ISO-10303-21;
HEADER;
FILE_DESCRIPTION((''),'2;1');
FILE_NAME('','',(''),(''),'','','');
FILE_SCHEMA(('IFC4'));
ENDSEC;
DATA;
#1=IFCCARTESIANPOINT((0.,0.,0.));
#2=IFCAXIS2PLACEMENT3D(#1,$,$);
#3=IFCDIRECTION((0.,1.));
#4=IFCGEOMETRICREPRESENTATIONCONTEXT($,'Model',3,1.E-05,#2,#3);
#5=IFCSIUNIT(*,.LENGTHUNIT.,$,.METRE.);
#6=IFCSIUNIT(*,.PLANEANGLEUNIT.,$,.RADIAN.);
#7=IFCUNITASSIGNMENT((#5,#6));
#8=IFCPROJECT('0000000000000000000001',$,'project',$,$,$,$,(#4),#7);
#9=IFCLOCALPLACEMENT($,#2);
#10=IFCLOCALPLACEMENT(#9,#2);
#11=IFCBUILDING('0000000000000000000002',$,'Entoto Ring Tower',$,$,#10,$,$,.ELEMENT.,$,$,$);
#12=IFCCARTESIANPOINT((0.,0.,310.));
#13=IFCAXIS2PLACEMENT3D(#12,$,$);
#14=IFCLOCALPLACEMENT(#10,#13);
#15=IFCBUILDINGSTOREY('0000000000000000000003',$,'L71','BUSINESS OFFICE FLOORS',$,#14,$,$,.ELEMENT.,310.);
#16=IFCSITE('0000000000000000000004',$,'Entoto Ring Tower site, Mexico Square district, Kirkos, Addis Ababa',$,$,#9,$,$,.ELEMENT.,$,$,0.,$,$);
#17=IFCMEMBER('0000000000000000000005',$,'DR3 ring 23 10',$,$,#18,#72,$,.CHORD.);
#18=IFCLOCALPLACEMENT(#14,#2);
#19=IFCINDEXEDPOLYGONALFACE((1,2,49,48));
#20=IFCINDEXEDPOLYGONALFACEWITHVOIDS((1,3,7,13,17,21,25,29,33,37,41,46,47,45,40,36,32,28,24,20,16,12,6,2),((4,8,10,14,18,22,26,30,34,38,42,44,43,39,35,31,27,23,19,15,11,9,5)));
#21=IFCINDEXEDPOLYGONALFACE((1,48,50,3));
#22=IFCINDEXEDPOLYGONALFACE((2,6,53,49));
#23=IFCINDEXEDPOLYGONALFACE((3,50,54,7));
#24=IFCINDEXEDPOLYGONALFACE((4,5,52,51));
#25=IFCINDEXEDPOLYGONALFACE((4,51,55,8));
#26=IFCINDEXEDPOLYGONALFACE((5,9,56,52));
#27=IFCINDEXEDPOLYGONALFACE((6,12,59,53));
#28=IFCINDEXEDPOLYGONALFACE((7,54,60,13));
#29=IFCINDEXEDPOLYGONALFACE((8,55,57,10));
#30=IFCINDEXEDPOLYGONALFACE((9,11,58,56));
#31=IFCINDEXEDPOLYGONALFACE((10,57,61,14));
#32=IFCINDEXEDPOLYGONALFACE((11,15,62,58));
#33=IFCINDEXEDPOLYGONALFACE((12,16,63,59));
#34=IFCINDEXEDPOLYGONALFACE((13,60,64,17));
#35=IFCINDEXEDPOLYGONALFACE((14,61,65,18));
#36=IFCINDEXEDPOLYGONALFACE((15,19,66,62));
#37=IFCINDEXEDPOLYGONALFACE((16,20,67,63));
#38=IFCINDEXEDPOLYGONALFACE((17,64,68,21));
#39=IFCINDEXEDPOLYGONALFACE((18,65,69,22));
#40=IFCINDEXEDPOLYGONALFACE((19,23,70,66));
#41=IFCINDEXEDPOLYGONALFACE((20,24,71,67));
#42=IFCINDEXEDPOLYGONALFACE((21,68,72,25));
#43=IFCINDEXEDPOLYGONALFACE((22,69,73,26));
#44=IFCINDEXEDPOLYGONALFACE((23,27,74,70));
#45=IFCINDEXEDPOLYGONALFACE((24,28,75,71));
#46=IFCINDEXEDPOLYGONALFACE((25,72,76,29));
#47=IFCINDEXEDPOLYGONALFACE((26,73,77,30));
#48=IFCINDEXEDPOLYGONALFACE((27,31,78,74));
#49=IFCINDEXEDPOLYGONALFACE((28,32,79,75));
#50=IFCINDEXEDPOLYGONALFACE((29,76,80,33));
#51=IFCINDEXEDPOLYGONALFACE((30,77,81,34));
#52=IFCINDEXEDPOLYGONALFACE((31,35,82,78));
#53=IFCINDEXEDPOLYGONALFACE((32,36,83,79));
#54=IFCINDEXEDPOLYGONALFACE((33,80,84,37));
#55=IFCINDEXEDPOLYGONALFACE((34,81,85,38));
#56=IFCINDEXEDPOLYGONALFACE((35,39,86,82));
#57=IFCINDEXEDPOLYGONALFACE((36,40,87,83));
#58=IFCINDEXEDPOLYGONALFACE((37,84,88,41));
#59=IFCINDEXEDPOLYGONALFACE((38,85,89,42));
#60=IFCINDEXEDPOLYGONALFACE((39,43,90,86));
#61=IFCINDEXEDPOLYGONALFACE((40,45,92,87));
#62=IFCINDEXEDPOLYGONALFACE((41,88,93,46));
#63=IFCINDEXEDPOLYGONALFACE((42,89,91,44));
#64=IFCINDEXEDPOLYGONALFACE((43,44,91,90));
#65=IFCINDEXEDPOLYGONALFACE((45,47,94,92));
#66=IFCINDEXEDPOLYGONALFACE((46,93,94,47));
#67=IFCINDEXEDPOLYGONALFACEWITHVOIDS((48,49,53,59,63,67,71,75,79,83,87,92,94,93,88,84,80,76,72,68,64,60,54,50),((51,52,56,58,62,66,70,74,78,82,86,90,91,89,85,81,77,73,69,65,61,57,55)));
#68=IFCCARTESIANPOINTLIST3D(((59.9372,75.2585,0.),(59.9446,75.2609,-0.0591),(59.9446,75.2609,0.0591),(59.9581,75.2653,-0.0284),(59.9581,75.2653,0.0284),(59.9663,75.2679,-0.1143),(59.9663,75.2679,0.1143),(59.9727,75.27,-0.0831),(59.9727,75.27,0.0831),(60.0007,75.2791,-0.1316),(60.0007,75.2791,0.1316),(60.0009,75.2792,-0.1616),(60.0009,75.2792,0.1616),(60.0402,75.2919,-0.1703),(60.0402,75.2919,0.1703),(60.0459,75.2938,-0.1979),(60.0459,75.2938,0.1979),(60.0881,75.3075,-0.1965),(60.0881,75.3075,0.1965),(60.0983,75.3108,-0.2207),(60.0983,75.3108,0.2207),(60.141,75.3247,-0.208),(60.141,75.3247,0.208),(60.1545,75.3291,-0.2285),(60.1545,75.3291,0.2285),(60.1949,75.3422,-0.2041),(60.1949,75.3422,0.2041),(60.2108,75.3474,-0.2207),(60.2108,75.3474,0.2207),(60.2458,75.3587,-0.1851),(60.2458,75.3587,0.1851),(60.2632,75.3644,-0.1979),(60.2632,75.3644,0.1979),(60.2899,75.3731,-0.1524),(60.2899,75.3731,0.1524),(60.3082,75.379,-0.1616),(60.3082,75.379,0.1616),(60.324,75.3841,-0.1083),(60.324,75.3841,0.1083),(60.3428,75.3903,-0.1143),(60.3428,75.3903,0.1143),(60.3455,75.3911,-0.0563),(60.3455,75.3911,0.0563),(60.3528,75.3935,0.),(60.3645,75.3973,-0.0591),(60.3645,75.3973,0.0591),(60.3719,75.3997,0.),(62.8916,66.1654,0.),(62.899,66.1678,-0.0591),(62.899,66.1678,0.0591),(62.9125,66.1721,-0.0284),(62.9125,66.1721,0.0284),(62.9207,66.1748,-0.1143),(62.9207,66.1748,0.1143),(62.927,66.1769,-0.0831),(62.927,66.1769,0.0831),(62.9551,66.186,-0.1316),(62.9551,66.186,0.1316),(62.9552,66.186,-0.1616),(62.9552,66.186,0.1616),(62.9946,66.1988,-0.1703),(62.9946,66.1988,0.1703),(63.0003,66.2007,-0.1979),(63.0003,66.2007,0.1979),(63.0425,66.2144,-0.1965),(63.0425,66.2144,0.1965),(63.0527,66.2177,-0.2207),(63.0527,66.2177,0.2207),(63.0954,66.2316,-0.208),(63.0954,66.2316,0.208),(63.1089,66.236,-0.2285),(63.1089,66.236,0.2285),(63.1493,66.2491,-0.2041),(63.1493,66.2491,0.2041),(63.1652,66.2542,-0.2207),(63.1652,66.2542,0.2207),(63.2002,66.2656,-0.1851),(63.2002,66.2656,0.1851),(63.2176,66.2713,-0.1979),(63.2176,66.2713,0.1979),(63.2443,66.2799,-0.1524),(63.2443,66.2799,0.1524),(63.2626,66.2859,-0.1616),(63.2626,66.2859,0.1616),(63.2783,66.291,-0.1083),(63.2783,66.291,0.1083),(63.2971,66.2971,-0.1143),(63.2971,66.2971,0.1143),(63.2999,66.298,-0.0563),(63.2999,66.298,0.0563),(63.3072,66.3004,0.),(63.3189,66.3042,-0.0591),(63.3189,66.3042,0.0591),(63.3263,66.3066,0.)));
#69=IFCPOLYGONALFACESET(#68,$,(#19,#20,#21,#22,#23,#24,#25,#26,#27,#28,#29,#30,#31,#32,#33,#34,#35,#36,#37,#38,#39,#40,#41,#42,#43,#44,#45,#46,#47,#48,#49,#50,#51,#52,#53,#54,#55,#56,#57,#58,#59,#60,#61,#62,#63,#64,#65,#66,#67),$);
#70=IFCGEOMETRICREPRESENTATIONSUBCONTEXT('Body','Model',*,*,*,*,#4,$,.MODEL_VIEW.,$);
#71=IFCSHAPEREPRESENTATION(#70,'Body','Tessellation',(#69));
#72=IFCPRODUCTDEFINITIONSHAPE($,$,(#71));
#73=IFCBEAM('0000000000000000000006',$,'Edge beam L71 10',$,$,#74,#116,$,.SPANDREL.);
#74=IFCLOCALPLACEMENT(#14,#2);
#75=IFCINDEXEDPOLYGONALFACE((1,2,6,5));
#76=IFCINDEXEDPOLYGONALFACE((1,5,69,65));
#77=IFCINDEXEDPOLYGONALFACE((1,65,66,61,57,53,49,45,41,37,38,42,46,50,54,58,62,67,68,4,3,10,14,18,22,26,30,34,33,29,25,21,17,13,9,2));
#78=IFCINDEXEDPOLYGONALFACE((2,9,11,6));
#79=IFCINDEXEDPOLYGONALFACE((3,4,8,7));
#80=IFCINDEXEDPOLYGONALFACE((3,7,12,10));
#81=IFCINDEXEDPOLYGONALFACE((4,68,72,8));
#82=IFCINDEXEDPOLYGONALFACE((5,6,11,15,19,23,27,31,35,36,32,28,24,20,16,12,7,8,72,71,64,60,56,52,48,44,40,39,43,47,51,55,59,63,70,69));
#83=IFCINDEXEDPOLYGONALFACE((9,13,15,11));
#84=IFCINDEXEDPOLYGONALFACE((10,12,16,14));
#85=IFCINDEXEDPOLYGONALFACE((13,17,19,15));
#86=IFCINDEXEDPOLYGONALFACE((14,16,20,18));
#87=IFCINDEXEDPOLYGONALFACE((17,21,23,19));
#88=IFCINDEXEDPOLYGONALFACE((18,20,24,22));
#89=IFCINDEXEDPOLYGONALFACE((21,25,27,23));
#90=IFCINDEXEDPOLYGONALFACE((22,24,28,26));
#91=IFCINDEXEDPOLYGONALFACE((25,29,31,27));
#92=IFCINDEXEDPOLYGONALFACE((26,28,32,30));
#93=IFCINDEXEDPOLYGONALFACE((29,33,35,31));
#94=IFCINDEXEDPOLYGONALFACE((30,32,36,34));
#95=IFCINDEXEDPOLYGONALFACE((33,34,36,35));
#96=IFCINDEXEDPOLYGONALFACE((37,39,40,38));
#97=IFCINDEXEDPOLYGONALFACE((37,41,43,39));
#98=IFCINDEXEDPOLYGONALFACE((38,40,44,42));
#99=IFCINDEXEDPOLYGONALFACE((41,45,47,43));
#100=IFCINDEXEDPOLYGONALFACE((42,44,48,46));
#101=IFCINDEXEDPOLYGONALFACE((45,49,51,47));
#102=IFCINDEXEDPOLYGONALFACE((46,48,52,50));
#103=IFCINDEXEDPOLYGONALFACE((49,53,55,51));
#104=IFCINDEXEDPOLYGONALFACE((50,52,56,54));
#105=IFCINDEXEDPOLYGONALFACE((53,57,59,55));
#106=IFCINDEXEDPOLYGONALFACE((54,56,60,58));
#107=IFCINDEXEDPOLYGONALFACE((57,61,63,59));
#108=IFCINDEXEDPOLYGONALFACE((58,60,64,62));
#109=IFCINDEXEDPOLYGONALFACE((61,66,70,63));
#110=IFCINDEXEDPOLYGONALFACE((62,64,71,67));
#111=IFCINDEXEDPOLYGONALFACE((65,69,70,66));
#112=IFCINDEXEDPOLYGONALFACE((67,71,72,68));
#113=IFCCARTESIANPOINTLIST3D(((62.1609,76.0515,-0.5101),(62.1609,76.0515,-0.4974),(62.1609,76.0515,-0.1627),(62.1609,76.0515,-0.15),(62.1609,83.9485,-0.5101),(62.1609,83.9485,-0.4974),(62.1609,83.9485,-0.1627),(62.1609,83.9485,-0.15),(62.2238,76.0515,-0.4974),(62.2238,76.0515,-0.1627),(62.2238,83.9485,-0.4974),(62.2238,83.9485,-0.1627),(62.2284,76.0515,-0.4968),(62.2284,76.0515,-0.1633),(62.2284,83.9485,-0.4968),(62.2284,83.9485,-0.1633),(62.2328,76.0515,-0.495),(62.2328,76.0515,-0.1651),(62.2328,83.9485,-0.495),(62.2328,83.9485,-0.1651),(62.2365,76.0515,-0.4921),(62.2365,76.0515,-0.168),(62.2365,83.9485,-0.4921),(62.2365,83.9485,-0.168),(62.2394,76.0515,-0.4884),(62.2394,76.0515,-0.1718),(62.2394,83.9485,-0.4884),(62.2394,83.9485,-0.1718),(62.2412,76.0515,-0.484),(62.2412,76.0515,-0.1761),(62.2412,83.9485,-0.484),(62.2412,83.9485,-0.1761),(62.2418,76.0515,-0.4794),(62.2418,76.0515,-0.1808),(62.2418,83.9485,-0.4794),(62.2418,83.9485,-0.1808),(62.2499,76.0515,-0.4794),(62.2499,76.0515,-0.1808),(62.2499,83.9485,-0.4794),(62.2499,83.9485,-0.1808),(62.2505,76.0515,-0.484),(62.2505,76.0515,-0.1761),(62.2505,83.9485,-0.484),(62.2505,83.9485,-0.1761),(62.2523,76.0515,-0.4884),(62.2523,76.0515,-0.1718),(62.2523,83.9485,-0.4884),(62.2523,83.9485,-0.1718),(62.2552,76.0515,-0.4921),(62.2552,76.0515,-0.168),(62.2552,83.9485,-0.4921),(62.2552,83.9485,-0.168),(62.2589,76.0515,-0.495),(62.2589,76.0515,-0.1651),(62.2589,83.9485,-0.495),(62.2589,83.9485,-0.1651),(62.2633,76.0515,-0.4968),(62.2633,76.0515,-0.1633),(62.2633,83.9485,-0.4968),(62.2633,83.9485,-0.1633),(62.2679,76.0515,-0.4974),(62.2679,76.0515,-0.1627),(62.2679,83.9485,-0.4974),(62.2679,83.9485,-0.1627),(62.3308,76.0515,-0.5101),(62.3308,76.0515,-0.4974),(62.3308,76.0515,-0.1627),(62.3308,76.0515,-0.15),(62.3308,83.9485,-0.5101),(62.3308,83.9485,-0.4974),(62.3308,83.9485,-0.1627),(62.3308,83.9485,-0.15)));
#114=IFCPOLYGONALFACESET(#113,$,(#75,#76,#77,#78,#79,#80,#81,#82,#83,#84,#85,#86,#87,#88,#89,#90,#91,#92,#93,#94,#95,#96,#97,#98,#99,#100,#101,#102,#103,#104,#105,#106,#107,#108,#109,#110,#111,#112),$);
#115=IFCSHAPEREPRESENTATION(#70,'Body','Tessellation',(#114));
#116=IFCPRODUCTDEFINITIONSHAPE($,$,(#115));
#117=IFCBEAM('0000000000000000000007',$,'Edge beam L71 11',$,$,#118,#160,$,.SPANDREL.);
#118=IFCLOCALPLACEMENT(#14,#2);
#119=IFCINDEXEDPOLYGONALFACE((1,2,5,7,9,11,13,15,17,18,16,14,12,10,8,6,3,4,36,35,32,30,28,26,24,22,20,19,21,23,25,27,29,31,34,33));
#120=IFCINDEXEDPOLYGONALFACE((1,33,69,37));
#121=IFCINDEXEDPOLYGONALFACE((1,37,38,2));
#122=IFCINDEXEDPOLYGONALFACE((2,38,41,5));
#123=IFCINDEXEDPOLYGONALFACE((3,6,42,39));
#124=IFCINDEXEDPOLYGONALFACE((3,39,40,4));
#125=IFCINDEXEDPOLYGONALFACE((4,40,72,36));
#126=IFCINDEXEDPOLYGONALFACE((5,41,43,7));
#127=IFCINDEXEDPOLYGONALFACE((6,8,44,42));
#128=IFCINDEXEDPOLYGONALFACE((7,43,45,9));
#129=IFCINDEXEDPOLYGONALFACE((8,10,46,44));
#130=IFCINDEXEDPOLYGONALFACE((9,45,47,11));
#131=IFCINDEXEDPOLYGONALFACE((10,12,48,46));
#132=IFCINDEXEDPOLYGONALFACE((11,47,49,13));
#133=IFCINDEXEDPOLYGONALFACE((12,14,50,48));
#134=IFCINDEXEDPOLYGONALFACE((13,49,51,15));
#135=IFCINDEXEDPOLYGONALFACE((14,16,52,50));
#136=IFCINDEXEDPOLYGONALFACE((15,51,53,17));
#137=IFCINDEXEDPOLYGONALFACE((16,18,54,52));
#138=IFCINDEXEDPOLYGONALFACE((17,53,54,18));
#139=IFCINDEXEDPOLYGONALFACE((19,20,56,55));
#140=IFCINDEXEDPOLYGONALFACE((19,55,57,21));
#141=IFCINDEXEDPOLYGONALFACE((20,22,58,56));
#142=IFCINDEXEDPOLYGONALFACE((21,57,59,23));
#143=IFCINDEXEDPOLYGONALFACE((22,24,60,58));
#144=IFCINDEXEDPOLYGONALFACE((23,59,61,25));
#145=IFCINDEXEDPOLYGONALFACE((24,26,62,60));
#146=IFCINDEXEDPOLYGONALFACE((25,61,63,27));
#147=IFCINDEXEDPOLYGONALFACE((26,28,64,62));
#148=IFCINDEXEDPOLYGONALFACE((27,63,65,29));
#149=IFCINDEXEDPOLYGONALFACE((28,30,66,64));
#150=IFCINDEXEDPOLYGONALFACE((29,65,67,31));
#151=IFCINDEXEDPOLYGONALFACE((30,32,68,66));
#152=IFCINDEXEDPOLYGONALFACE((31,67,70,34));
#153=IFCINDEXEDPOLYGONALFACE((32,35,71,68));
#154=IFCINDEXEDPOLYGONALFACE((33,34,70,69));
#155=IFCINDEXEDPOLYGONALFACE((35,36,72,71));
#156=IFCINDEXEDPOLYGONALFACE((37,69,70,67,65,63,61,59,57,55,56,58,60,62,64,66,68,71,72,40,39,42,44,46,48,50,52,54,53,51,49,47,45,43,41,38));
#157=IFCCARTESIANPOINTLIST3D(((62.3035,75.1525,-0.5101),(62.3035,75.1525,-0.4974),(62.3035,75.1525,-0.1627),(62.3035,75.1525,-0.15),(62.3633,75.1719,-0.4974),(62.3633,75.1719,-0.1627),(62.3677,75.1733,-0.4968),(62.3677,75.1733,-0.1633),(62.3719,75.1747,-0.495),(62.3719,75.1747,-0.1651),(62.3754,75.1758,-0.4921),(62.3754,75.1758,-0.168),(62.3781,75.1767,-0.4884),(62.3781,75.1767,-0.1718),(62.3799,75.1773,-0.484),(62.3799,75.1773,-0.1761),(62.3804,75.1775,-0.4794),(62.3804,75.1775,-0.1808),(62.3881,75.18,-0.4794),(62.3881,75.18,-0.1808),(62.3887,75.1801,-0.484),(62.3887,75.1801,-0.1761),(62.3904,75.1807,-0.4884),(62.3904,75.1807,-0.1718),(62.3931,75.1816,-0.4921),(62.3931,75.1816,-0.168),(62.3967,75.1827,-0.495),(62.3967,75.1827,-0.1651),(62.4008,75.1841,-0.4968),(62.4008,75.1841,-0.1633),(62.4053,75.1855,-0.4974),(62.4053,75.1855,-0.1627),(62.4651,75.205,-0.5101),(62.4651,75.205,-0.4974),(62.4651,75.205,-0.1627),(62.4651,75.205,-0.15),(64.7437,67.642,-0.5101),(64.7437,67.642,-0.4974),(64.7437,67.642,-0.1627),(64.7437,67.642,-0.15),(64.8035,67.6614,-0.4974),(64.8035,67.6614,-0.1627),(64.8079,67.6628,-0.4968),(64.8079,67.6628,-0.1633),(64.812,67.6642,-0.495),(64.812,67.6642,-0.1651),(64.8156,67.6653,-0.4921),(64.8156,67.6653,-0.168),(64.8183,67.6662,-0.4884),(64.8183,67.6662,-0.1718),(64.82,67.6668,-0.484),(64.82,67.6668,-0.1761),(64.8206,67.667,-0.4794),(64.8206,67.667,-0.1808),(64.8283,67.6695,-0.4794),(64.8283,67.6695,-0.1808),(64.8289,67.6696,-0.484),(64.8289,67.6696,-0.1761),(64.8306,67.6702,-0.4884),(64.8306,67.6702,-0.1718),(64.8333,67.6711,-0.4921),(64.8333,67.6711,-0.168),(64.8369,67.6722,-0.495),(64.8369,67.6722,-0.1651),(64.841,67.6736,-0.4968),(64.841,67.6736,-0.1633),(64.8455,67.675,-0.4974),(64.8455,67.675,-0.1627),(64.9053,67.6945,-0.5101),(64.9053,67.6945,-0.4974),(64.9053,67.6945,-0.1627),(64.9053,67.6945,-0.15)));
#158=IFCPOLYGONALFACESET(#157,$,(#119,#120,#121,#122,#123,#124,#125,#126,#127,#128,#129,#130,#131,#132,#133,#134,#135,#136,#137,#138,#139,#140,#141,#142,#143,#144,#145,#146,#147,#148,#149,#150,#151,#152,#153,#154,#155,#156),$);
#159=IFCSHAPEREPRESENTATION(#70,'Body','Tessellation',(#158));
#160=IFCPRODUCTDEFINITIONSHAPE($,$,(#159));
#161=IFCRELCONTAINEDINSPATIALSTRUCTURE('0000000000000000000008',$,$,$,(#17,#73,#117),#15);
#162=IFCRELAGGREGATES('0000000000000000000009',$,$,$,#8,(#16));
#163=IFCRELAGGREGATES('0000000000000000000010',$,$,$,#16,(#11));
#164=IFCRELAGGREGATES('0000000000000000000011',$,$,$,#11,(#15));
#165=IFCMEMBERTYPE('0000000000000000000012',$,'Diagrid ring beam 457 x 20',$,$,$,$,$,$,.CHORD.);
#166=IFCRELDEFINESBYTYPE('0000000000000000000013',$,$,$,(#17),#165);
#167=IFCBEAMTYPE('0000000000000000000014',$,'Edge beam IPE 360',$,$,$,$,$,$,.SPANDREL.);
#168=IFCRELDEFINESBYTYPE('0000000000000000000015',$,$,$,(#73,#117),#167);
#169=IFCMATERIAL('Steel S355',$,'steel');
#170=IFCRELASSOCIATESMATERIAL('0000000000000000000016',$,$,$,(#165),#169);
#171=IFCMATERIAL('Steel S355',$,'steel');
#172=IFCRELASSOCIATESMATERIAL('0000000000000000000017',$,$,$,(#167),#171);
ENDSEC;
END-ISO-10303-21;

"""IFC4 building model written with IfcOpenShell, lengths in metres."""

from ifc_helpers import new_model, si_unit, direction, frame, origin, origin_2d, place, context, subcontext, project, spatial, circle, hollow_circle, i_section, extrude, material, material_profile, profile_set, type_object, element, save


model = new_model("IFC4")

# Units and contexts
model_context = context("Model", 3, precision=1e-05, world=origin(), true_north=direction((0.0, 1.0)))
body_context = subcontext(model_context, "Body", "Model", "MODEL_VIEW")
ifc_project = project(units=[si_unit("LENGTHUNIT", "METRE"), si_unit("PLANEANGLEUNIT", "RADIAN")], contexts=[model_context])

# Site, building, storey
site_placement = place(None, origin())
site = spatial("IfcSite", under=ifc_project, at=site_placement, Name="Entoto Ring Tower site, Mexico Square district, Kirkos, Addis Ababa", CompositionType="ELEMENT", RefElevation=0.0)
building_placement = place(site_placement, origin())
building = spatial("IfcBuilding", under=site, at=building_placement, Name="Entoto Ring Tower", CompositionType="ELEMENT")
storey_placement = place(building_placement, frame((0.0, 0.0, 310.0)))
storey = spatial("IfcBuildingStorey", under=building, at=storey_placement, Name="L71", Description="BUSINESS OFFICE FLOORS", CompositionType="ELEMENT", Elevation=310.0)

# Member
ifc_material_1 = material(Name="Steel S355", Category="steel")
ifc_material_profile_1 = material_profile(ifc_material_1, hollow_circle(Radius=0.2285, WallThickness=0.02, at=origin_2d()), Name="CHS 457 x 20")
ifc_material_2 = material(Name="Concrete C60/75", Category="concrete")
ifc_material_profile_2 = material_profile(ifc_material_2, circle(Radius=0.2085, at=origin_2d()), Name="Concrete C60/75 infill")
ifc_profile_set_1 = profile_set([ifc_material_profile_1, ifc_material_profile_2], Name="Steel S355")
member_type_1 = type_object("IfcMemberType", Name="Diagrid ring beam 457 x 20", PredefinedType="CHORD", material=ifc_profile_set_1)
for number, where, z_axis, x_axis, name in (
    (1, (60.1545, 75.3291, 0.0), (0.309002, -0.951061, 0.0), (0.951061, 0.309002, 0.0), "DR3 ring 23 10"),
):
    element("IfcMember", number, at=place(storey_placement, frame(where, z_axis=z_axis, x_axis=x_axis)), inside=storey, type_object=member_type_1, Name=name, PredefinedType="CHORD", context=body_context, shape_type="SweptSolid", body=[
        extrude(hollow_circle(Radius=0.2285, WallThickness=0.02, at=origin_2d()), origin(), (0.0, 0.0, 1.0), 9.561),
    ])

# Beams
ifc_material_3 = material(Name="Steel S355", Category="steel")
ifc_material_profile_3 = material_profile(ifc_material_3, i_section(OverallWidth=0.1699, OverallDepth=0.3601, WebThickness=0.0081, FlangeThickness=0.0127, FilletRadius=0.0181, at=origin_2d()), Name="IPE 360")
ifc_profile_set_2 = profile_set([ifc_material_profile_3], Name="Steel S355")
beam_type_1 = type_object("IfcBeamType", Name="Edge beam IPE 360", PredefinedType="SPANDREL", material=ifc_profile_set_2)
for number, where, z_axis, x_axis, name in (
    (2, (62.2458, 83.9485, -0.3301), (0.0, -1.0, 0.0), (1.0, 0.0, 0.0), "Edge beam L71 10"),
    (3, (62.3843, 75.1787, -0.3301), (0.309003, -0.951061, 0.0), (0.951061, 0.309003, 0.0), "Edge beam L71 11"),
):
    element("IfcBeam", number, at=place(storey_placement, frame(where, z_axis=z_axis, x_axis=x_axis)), inside=storey, type_object=beam_type_1, Name=name, PredefinedType="SPANDREL", context=body_context, shape_type="SweptSolid", body=[
        extrude(i_section(OverallWidth=0.1699, OverallDepth=0.3601, WebThickness=0.0081, FlangeThickness=0.0127, FilletRadius=0.0181, at=origin_2d()), origin(), (0.0, 0.0, 1.0), 7.897),
    ])

save(model, "model.ifc")
